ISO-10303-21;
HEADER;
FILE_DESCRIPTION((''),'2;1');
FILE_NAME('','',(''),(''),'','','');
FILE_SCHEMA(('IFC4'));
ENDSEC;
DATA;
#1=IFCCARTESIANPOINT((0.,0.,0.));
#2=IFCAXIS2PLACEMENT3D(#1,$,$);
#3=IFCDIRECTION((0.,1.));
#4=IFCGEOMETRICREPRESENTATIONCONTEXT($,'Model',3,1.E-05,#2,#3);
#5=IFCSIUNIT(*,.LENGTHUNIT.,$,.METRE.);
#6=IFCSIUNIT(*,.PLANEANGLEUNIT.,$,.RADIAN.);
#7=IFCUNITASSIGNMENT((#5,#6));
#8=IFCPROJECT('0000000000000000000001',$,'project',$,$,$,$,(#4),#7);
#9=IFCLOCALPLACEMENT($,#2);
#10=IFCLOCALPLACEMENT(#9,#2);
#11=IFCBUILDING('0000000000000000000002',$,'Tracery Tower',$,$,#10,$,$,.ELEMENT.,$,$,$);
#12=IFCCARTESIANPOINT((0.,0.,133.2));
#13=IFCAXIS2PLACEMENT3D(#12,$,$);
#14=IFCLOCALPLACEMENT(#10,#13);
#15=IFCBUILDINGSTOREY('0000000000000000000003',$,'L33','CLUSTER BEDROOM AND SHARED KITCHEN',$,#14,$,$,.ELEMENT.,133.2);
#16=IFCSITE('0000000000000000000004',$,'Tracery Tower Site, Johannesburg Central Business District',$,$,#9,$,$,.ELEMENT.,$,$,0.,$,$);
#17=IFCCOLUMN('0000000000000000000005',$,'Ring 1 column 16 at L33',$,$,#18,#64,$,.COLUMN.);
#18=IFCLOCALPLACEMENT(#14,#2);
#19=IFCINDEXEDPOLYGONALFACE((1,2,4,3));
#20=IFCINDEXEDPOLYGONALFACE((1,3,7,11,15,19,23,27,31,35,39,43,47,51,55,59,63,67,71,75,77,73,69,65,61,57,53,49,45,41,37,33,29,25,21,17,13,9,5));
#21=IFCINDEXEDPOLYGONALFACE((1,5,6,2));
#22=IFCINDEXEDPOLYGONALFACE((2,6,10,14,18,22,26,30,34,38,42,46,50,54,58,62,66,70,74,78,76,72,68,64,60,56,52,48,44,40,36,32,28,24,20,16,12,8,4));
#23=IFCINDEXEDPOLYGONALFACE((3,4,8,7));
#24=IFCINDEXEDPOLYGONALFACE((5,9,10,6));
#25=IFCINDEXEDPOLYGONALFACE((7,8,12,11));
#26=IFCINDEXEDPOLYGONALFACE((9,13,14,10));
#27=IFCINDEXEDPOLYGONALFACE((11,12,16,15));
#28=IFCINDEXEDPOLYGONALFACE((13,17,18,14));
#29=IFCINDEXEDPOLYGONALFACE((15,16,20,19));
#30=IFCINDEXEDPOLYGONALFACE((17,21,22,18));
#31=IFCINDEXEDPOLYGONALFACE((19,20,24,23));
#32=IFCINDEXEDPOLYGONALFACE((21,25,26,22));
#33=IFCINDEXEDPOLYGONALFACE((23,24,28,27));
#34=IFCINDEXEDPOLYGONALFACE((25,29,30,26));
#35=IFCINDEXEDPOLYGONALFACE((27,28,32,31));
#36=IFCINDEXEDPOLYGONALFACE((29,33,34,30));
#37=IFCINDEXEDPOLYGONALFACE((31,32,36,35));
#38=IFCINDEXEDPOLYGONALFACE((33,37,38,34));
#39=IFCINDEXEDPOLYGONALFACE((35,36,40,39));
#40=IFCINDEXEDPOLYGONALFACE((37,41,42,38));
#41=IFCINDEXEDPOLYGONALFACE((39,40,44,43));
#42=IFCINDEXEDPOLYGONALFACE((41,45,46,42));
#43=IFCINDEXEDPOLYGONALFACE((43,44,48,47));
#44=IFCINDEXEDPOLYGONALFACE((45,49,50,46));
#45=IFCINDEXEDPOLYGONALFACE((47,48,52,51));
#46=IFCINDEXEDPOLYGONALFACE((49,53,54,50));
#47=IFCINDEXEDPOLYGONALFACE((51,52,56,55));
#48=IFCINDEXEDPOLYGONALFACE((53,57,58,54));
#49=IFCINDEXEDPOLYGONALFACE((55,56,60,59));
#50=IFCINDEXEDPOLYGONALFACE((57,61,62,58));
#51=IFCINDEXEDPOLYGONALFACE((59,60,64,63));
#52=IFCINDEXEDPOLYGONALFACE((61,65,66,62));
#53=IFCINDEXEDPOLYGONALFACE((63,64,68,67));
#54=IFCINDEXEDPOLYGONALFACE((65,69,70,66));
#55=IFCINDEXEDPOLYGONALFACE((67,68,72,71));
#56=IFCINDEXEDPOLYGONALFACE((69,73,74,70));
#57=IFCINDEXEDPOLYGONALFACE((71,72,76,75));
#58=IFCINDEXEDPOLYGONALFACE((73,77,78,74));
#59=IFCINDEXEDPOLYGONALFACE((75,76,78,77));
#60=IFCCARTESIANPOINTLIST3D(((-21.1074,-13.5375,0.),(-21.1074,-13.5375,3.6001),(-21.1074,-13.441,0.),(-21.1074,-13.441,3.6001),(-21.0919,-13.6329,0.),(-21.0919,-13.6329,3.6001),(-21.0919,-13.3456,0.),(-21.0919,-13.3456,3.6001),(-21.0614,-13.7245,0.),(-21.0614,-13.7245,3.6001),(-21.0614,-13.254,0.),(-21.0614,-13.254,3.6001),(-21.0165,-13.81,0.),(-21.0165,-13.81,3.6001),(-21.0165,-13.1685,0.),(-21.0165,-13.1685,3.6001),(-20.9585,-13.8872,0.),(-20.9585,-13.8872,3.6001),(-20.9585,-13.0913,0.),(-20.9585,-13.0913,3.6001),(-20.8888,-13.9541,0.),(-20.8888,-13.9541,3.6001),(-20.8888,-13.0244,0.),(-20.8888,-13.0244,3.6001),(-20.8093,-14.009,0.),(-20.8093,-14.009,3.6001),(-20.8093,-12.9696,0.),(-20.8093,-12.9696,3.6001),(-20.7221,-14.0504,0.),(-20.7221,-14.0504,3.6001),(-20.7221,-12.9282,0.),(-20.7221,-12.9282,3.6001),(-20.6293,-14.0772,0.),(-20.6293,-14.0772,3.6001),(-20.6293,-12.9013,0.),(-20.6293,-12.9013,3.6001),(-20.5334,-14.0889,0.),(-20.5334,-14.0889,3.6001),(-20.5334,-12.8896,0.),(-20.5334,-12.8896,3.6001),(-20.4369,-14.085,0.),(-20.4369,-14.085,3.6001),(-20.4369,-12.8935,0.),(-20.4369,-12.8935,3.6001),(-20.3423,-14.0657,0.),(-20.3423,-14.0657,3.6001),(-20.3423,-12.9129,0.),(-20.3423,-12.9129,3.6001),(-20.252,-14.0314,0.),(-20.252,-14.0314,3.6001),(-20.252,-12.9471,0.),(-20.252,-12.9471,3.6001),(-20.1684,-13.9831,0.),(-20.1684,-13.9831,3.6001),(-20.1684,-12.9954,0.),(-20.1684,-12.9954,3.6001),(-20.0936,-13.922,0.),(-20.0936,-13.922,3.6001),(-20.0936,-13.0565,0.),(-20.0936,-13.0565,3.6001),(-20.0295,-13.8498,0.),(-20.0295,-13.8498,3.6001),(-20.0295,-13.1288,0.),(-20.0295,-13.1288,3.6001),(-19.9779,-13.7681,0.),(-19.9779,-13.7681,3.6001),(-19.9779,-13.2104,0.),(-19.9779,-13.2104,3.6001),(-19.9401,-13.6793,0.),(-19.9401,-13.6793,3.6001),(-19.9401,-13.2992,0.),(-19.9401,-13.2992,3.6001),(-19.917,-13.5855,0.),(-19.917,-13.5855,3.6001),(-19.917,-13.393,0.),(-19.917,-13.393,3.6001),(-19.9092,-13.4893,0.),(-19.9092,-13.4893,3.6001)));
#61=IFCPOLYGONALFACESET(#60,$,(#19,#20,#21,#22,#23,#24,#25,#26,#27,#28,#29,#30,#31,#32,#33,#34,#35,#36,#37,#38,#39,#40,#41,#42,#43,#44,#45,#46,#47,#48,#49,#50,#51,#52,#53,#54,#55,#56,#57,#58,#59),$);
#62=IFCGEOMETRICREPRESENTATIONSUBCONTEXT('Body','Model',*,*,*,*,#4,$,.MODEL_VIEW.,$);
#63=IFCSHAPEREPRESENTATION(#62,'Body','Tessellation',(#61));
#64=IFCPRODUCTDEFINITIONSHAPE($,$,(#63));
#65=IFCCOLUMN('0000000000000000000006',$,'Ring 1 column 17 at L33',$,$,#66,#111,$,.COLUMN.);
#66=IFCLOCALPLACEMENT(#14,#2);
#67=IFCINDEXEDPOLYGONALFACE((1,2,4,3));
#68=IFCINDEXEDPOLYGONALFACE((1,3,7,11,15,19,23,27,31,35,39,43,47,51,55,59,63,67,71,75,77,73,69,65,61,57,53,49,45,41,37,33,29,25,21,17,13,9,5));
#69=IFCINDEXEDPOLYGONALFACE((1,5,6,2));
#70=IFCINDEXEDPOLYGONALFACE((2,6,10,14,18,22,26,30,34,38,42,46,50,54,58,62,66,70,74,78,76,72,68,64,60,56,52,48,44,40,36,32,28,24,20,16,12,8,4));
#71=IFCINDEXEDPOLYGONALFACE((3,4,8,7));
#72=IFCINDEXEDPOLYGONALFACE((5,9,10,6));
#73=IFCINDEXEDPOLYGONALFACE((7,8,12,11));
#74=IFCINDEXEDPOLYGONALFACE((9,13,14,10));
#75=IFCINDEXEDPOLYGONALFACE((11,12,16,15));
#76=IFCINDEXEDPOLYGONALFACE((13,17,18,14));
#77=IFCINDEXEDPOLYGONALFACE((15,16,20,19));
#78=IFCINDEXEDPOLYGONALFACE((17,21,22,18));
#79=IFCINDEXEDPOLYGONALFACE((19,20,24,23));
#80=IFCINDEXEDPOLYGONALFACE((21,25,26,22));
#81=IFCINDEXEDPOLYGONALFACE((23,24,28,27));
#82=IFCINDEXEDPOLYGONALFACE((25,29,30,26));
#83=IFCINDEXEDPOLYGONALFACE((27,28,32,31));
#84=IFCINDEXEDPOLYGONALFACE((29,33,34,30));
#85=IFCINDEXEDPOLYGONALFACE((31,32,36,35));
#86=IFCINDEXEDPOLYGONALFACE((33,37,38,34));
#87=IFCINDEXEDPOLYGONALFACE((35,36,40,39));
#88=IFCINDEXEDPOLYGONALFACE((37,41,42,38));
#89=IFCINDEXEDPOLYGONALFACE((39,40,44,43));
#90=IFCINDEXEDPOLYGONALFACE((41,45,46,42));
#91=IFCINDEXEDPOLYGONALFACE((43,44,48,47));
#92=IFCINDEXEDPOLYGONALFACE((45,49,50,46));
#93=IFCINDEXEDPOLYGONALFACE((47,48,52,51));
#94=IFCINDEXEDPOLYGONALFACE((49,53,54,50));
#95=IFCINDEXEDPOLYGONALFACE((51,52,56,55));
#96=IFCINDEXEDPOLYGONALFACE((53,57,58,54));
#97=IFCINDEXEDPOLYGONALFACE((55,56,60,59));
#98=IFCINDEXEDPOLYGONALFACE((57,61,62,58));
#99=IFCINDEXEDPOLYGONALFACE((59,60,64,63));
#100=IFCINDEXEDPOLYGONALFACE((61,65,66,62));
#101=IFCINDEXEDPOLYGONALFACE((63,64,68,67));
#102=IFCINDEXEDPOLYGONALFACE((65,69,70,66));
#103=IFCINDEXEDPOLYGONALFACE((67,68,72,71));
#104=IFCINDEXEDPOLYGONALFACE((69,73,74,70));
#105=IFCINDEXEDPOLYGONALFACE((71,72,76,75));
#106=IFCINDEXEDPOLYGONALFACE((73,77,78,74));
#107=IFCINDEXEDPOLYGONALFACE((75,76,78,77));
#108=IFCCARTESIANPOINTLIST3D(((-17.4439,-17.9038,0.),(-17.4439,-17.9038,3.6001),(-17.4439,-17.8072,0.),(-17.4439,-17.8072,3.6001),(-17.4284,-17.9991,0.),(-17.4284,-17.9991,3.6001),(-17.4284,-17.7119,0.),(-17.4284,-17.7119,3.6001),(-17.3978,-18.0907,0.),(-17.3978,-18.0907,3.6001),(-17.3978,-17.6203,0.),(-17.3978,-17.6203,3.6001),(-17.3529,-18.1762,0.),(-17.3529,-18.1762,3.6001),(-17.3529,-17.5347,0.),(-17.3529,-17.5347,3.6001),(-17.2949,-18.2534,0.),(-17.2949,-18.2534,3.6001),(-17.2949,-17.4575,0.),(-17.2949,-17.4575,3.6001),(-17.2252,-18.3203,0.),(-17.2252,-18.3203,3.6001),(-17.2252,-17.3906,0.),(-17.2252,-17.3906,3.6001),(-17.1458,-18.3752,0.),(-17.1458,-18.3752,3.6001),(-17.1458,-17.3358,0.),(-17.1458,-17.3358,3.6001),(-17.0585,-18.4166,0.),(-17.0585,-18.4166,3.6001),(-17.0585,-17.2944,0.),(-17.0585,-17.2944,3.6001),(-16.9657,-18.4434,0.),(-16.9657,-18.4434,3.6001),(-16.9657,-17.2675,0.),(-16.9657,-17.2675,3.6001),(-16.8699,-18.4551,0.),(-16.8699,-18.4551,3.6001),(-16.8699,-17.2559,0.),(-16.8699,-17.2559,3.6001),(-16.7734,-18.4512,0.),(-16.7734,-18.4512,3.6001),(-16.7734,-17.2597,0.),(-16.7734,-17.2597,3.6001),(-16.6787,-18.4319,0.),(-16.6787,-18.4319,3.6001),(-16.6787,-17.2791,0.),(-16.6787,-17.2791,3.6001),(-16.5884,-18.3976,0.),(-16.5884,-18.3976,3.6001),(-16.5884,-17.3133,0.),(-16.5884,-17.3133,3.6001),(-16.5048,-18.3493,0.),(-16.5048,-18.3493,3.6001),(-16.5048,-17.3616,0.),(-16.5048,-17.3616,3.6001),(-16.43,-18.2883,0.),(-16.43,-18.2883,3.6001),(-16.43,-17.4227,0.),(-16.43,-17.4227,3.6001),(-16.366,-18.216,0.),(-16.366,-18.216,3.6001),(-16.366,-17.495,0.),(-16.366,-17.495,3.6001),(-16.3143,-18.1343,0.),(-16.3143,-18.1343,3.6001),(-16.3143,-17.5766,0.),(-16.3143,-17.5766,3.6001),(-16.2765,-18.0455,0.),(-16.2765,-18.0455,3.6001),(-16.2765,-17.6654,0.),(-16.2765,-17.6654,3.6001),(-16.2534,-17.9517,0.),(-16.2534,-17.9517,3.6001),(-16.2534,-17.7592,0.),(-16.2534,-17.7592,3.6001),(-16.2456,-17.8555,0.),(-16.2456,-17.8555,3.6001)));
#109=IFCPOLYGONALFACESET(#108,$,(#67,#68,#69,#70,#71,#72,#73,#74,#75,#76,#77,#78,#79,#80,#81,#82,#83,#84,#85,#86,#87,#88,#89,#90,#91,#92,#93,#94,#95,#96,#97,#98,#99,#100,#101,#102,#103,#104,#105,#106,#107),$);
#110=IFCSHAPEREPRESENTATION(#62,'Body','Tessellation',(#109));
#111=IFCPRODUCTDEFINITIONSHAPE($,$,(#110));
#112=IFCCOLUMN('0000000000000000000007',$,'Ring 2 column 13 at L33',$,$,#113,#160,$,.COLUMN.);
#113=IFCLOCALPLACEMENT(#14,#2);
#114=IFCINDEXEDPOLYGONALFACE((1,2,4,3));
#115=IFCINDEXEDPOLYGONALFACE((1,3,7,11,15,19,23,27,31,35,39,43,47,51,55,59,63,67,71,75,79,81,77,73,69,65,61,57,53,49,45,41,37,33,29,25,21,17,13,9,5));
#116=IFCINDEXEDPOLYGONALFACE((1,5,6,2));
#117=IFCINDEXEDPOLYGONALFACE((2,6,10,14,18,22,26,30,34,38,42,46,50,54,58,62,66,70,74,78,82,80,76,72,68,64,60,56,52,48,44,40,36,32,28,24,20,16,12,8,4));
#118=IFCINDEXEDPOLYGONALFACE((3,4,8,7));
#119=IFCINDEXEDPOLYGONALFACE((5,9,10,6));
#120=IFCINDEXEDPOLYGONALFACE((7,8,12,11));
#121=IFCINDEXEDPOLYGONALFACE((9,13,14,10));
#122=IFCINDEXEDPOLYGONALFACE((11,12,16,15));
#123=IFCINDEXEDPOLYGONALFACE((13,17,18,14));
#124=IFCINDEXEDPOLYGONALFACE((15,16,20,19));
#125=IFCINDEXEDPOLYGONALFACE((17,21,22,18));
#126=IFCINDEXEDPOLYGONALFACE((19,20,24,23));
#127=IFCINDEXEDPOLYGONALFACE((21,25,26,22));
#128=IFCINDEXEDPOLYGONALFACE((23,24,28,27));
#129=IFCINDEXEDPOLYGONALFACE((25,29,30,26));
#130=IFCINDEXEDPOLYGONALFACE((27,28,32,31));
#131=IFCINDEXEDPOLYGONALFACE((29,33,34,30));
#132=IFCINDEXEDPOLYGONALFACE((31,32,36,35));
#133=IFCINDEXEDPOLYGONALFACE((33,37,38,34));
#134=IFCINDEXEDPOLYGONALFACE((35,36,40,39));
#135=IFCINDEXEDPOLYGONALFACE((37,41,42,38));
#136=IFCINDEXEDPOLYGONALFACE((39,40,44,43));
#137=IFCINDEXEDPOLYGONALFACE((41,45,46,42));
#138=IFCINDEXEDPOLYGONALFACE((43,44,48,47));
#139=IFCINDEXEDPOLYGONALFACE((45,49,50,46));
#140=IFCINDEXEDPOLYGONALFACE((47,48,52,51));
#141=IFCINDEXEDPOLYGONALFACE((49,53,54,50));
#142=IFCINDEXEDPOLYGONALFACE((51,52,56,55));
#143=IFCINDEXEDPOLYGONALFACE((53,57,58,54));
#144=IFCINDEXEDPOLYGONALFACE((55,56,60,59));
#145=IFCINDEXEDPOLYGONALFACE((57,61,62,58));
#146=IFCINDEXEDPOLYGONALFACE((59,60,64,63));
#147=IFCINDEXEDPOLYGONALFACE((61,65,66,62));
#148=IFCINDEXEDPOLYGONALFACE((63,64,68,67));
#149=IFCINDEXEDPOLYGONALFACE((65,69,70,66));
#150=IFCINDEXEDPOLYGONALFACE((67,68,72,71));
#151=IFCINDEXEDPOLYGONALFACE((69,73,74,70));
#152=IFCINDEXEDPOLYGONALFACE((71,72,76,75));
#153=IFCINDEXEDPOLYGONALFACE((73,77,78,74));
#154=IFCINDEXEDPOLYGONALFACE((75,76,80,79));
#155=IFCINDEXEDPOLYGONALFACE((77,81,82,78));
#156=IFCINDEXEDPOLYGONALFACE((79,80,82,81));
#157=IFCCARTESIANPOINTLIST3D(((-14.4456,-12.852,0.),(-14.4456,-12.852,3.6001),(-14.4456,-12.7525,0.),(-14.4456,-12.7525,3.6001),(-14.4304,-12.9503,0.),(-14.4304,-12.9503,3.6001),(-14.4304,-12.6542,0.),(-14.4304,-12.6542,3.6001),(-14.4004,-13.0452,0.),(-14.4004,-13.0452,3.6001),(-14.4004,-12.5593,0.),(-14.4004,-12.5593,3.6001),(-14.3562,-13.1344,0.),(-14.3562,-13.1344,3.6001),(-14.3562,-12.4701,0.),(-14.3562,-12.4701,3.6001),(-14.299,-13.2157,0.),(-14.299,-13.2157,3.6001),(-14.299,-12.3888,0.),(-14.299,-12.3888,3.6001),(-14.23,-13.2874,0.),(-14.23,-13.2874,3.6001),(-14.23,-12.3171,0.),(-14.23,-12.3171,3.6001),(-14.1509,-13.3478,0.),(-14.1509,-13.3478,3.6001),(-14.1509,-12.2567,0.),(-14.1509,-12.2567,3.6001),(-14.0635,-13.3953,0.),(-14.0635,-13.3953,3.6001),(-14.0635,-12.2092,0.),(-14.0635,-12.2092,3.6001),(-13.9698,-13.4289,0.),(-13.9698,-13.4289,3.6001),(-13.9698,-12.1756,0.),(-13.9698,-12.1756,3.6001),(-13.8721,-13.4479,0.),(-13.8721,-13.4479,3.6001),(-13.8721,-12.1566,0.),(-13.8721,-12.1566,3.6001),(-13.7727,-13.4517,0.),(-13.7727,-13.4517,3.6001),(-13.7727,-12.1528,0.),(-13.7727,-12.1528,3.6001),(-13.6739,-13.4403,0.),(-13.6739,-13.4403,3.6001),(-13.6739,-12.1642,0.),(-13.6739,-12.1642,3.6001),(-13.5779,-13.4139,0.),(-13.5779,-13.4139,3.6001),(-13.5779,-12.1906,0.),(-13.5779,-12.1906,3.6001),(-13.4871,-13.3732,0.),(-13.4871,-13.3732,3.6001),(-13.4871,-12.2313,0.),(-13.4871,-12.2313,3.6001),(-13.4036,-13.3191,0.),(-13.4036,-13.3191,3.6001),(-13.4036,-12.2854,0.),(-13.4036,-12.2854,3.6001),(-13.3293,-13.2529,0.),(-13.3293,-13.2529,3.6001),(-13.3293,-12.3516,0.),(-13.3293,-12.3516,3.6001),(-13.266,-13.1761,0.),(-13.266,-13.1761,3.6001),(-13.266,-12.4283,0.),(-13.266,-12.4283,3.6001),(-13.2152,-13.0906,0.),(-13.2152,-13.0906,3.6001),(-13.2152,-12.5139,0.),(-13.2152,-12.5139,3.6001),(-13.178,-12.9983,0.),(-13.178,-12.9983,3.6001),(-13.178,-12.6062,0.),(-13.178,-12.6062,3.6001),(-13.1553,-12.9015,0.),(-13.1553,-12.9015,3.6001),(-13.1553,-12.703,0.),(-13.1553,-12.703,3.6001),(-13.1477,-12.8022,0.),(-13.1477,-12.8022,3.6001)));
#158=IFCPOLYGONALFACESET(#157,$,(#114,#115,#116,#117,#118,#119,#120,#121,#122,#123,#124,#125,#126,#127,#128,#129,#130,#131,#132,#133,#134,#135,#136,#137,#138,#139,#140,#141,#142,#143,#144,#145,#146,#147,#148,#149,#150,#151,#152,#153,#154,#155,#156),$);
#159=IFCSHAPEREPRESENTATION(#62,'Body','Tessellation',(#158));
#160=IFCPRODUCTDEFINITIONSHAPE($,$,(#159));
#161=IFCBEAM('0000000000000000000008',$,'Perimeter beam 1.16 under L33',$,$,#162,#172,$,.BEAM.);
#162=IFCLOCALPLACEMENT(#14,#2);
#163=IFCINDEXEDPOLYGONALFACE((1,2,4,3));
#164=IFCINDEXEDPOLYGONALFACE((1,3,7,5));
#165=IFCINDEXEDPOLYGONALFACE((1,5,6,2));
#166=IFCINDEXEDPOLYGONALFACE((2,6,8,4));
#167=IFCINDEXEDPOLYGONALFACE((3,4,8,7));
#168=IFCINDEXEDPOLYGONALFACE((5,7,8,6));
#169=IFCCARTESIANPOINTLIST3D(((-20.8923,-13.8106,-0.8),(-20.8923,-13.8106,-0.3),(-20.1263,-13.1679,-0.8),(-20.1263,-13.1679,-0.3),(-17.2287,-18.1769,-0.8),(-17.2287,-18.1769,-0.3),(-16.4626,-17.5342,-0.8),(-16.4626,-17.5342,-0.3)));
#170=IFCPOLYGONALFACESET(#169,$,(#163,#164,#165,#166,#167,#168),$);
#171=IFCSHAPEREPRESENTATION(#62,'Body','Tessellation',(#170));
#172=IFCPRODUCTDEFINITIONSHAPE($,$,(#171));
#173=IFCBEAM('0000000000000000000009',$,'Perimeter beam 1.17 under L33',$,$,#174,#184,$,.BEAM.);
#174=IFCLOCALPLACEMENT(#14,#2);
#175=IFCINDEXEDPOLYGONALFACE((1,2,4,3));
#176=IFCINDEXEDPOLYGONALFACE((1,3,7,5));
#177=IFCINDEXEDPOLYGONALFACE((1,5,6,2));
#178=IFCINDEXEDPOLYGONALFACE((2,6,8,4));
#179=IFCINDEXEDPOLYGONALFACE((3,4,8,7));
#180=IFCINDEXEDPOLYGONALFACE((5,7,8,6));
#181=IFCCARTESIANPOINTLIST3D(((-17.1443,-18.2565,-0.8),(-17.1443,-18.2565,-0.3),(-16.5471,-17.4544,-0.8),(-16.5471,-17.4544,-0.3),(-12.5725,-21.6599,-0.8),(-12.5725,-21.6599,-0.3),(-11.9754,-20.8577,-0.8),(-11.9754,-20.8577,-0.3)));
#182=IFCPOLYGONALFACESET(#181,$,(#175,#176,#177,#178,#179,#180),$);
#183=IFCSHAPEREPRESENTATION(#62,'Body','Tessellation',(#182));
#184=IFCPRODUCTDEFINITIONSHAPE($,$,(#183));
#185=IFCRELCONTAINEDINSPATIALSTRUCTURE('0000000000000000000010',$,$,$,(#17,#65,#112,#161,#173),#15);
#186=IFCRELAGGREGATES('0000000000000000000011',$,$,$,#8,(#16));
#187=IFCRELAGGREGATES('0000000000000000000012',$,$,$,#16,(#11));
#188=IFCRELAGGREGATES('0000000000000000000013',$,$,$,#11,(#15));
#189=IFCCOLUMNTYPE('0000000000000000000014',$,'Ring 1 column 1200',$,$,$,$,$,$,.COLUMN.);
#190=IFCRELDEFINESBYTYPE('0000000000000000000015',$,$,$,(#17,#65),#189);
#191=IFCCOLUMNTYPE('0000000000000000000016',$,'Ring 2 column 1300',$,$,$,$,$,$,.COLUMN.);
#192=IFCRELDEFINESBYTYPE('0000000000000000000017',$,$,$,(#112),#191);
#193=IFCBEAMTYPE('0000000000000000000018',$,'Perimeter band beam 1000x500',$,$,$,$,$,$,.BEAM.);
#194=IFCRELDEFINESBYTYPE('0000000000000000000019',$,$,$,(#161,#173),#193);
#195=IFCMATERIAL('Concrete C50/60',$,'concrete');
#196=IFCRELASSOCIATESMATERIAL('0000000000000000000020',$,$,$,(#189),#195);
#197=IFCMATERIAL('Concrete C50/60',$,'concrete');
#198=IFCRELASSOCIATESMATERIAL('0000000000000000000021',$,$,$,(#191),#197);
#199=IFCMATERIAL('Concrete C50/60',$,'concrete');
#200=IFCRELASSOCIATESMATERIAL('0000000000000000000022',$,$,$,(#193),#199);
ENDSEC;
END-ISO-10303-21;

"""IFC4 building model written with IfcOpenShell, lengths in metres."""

from ifc_helpers import new_model, si_unit, direction, frame, origin, origin_2d, place, context, subcontext, project, spatial, rectangle, circle, extrude, material, material_profile, profile_set, type_object, element, save


model = new_model("IFC4")

# Units and contexts
model_context = context("Model", 3, precision=1e-05, world=origin(), true_north=direction((0.0, 1.0)))
body_context = subcontext(model_context, "Body", "Model", "MODEL_VIEW")
ifc_project = project(units=[si_unit("LENGTHUNIT", "METRE"), si_unit("PLANEANGLEUNIT", "RADIAN")], contexts=[model_context])

# Site, building, storey
site_placement = place(None, origin())
site = spatial("IfcSite", under=ifc_project, at=site_placement, Name="Tracery Tower Site, Johannesburg Central Business District", CompositionType="ELEMENT", RefElevation=0.0)
building_placement = place(site_placement, origin())
building = spatial("IfcBuilding", under=site, at=building_placement, Name="Tracery Tower", CompositionType="ELEMENT")
storey_placement = place(building_placement, frame((0.0, 0.0, 133.2)))
storey = spatial("IfcBuildingStorey", under=building, at=storey_placement, Name="L33", Description="CLUSTER BEDROOM AND SHARED KITCHEN", CompositionType="ELEMENT", Elevation=133.2)

# Columns
ifc_material_1 = material(Name="Concrete C50/60", Category="concrete")
ifc_material_profile_1 = material_profile(ifc_material_1, circle(Radius=0.6001, at=origin_2d()), Name="RC D1200")
ifc_profile_set_1 = profile_set([ifc_material_profile_1], Name="Concrete C50/60")
column_type_1 = type_object("IfcColumnType", Name="Ring 1 column 1200", PredefinedType="COLUMN", material=ifc_profile_set_1)
for number, where, z_axis, x_axis, name in (
    (1, (-20.5093, -13.4893, 0.0), (0.0, 0.0, 1.0), (1.0, 0.0, 0.0), "Ring 1 column 16 at L33"),
    (2, (-16.8457, -17.8555, 0.0), (0.0, 0.0, 1.0), (1.0, 0.0, 0.0), "Ring 1 column 17 at L33"),
):
    element("IfcColumn", number, at=place(storey_placement, frame(where, z_axis=z_axis, x_axis=x_axis)), inside=storey, type_object=column_type_1, Name=name, PredefinedType="COLUMN", context=body_context, shape_type="SweptSolid", body=[
        extrude(circle(Radius=0.6001, at=origin_2d()), origin(), (0.0, 0.0, 1.0), 3.6001),
    ])
ifc_material_2 = material(Name="Concrete C50/60", Category="concrete")
ifc_material_profile_2 = material_profile(ifc_material_2, circle(Radius=0.6499, at=origin_2d()), Name="RC D1300")
ifc_profile_set_2 = profile_set([ifc_material_profile_2], Name="Concrete C50/60")
column_type_2 = type_object("IfcColumnType", Name="Ring 2 column 1300", PredefinedType="COLUMN", material=ifc_profile_set_2)
column_placement = place(storey_placement, frame((-13.7976, -12.8022, 0.0), z_axis=(0.0, 0.0, 1.0), x_axis=(1.0, 0.0, 0.0)))
element("IfcColumn", 3, at=column_placement, inside=storey, type_object=column_type_2, Name="Ring 2 column 13 at L33", PredefinedType="COLUMN", context=body_context, shape_type="SweptSolid", body=[
    extrude(circle(Radius=0.6499, at=origin_2d()), origin(), (0.0, 0.0, 1.0), 3.6001),
])

# Beams
ifc_material_3 = material(Name="Concrete C50/60", Category="concrete")
ifc_material_profile_3 = material_profile(ifc_material_3, rectangle(XDim=1.0, YDim=0.5, at=origin_2d()), Name="RC 1000x500")
ifc_profile_set_3 = profile_set([ifc_material_profile_3], Name="Concrete C50/60")
beam_type = type_object("IfcBeamType", Name="Perimeter band beam 1000x500", PredefinedType="BEAM", material=ifc_profile_set_3)
beam_1_placement = place(storey_placement, frame((-20.5093, -13.4893, -0.55), z_axis=(0.642776, -0.766054, 0.0), x_axis=(0.766054, 0.642776, 0.0)))
element("IfcBeam", 4, at=beam_1_placement, inside=storey, type_object=beam_type, Name="Perimeter beam 1.16 under L33", PredefinedType="BEAM", context=body_context, shape_type="SweptSolid", body=[
    extrude(rectangle(XDim=1.0, YDim=0.5, at=origin_2d()), origin(), (0.0, 0.0, 1.0), 5.6997),
])
beam_2_placement = place(storey_placement, frame((-16.8457, -17.8555, -0.55), z_axis=(0.802144, -0.597131, 0.0), x_axis=(0.597131, 0.802144, 0.0)))
element("IfcBeam", 5, at=beam_2_placement, inside=storey, type_object=beam_type, Name="Perimeter beam 1.17 under L33", PredefinedType="BEAM", context=body_context, shape_type="SweptSolid", body=[
    extrude(rectangle(XDim=1.0, YDim=0.5, at=origin_2d()), origin(), (0.0, 0.0, 1.0), 5.6995),
])

save(model, "model.ifc")
